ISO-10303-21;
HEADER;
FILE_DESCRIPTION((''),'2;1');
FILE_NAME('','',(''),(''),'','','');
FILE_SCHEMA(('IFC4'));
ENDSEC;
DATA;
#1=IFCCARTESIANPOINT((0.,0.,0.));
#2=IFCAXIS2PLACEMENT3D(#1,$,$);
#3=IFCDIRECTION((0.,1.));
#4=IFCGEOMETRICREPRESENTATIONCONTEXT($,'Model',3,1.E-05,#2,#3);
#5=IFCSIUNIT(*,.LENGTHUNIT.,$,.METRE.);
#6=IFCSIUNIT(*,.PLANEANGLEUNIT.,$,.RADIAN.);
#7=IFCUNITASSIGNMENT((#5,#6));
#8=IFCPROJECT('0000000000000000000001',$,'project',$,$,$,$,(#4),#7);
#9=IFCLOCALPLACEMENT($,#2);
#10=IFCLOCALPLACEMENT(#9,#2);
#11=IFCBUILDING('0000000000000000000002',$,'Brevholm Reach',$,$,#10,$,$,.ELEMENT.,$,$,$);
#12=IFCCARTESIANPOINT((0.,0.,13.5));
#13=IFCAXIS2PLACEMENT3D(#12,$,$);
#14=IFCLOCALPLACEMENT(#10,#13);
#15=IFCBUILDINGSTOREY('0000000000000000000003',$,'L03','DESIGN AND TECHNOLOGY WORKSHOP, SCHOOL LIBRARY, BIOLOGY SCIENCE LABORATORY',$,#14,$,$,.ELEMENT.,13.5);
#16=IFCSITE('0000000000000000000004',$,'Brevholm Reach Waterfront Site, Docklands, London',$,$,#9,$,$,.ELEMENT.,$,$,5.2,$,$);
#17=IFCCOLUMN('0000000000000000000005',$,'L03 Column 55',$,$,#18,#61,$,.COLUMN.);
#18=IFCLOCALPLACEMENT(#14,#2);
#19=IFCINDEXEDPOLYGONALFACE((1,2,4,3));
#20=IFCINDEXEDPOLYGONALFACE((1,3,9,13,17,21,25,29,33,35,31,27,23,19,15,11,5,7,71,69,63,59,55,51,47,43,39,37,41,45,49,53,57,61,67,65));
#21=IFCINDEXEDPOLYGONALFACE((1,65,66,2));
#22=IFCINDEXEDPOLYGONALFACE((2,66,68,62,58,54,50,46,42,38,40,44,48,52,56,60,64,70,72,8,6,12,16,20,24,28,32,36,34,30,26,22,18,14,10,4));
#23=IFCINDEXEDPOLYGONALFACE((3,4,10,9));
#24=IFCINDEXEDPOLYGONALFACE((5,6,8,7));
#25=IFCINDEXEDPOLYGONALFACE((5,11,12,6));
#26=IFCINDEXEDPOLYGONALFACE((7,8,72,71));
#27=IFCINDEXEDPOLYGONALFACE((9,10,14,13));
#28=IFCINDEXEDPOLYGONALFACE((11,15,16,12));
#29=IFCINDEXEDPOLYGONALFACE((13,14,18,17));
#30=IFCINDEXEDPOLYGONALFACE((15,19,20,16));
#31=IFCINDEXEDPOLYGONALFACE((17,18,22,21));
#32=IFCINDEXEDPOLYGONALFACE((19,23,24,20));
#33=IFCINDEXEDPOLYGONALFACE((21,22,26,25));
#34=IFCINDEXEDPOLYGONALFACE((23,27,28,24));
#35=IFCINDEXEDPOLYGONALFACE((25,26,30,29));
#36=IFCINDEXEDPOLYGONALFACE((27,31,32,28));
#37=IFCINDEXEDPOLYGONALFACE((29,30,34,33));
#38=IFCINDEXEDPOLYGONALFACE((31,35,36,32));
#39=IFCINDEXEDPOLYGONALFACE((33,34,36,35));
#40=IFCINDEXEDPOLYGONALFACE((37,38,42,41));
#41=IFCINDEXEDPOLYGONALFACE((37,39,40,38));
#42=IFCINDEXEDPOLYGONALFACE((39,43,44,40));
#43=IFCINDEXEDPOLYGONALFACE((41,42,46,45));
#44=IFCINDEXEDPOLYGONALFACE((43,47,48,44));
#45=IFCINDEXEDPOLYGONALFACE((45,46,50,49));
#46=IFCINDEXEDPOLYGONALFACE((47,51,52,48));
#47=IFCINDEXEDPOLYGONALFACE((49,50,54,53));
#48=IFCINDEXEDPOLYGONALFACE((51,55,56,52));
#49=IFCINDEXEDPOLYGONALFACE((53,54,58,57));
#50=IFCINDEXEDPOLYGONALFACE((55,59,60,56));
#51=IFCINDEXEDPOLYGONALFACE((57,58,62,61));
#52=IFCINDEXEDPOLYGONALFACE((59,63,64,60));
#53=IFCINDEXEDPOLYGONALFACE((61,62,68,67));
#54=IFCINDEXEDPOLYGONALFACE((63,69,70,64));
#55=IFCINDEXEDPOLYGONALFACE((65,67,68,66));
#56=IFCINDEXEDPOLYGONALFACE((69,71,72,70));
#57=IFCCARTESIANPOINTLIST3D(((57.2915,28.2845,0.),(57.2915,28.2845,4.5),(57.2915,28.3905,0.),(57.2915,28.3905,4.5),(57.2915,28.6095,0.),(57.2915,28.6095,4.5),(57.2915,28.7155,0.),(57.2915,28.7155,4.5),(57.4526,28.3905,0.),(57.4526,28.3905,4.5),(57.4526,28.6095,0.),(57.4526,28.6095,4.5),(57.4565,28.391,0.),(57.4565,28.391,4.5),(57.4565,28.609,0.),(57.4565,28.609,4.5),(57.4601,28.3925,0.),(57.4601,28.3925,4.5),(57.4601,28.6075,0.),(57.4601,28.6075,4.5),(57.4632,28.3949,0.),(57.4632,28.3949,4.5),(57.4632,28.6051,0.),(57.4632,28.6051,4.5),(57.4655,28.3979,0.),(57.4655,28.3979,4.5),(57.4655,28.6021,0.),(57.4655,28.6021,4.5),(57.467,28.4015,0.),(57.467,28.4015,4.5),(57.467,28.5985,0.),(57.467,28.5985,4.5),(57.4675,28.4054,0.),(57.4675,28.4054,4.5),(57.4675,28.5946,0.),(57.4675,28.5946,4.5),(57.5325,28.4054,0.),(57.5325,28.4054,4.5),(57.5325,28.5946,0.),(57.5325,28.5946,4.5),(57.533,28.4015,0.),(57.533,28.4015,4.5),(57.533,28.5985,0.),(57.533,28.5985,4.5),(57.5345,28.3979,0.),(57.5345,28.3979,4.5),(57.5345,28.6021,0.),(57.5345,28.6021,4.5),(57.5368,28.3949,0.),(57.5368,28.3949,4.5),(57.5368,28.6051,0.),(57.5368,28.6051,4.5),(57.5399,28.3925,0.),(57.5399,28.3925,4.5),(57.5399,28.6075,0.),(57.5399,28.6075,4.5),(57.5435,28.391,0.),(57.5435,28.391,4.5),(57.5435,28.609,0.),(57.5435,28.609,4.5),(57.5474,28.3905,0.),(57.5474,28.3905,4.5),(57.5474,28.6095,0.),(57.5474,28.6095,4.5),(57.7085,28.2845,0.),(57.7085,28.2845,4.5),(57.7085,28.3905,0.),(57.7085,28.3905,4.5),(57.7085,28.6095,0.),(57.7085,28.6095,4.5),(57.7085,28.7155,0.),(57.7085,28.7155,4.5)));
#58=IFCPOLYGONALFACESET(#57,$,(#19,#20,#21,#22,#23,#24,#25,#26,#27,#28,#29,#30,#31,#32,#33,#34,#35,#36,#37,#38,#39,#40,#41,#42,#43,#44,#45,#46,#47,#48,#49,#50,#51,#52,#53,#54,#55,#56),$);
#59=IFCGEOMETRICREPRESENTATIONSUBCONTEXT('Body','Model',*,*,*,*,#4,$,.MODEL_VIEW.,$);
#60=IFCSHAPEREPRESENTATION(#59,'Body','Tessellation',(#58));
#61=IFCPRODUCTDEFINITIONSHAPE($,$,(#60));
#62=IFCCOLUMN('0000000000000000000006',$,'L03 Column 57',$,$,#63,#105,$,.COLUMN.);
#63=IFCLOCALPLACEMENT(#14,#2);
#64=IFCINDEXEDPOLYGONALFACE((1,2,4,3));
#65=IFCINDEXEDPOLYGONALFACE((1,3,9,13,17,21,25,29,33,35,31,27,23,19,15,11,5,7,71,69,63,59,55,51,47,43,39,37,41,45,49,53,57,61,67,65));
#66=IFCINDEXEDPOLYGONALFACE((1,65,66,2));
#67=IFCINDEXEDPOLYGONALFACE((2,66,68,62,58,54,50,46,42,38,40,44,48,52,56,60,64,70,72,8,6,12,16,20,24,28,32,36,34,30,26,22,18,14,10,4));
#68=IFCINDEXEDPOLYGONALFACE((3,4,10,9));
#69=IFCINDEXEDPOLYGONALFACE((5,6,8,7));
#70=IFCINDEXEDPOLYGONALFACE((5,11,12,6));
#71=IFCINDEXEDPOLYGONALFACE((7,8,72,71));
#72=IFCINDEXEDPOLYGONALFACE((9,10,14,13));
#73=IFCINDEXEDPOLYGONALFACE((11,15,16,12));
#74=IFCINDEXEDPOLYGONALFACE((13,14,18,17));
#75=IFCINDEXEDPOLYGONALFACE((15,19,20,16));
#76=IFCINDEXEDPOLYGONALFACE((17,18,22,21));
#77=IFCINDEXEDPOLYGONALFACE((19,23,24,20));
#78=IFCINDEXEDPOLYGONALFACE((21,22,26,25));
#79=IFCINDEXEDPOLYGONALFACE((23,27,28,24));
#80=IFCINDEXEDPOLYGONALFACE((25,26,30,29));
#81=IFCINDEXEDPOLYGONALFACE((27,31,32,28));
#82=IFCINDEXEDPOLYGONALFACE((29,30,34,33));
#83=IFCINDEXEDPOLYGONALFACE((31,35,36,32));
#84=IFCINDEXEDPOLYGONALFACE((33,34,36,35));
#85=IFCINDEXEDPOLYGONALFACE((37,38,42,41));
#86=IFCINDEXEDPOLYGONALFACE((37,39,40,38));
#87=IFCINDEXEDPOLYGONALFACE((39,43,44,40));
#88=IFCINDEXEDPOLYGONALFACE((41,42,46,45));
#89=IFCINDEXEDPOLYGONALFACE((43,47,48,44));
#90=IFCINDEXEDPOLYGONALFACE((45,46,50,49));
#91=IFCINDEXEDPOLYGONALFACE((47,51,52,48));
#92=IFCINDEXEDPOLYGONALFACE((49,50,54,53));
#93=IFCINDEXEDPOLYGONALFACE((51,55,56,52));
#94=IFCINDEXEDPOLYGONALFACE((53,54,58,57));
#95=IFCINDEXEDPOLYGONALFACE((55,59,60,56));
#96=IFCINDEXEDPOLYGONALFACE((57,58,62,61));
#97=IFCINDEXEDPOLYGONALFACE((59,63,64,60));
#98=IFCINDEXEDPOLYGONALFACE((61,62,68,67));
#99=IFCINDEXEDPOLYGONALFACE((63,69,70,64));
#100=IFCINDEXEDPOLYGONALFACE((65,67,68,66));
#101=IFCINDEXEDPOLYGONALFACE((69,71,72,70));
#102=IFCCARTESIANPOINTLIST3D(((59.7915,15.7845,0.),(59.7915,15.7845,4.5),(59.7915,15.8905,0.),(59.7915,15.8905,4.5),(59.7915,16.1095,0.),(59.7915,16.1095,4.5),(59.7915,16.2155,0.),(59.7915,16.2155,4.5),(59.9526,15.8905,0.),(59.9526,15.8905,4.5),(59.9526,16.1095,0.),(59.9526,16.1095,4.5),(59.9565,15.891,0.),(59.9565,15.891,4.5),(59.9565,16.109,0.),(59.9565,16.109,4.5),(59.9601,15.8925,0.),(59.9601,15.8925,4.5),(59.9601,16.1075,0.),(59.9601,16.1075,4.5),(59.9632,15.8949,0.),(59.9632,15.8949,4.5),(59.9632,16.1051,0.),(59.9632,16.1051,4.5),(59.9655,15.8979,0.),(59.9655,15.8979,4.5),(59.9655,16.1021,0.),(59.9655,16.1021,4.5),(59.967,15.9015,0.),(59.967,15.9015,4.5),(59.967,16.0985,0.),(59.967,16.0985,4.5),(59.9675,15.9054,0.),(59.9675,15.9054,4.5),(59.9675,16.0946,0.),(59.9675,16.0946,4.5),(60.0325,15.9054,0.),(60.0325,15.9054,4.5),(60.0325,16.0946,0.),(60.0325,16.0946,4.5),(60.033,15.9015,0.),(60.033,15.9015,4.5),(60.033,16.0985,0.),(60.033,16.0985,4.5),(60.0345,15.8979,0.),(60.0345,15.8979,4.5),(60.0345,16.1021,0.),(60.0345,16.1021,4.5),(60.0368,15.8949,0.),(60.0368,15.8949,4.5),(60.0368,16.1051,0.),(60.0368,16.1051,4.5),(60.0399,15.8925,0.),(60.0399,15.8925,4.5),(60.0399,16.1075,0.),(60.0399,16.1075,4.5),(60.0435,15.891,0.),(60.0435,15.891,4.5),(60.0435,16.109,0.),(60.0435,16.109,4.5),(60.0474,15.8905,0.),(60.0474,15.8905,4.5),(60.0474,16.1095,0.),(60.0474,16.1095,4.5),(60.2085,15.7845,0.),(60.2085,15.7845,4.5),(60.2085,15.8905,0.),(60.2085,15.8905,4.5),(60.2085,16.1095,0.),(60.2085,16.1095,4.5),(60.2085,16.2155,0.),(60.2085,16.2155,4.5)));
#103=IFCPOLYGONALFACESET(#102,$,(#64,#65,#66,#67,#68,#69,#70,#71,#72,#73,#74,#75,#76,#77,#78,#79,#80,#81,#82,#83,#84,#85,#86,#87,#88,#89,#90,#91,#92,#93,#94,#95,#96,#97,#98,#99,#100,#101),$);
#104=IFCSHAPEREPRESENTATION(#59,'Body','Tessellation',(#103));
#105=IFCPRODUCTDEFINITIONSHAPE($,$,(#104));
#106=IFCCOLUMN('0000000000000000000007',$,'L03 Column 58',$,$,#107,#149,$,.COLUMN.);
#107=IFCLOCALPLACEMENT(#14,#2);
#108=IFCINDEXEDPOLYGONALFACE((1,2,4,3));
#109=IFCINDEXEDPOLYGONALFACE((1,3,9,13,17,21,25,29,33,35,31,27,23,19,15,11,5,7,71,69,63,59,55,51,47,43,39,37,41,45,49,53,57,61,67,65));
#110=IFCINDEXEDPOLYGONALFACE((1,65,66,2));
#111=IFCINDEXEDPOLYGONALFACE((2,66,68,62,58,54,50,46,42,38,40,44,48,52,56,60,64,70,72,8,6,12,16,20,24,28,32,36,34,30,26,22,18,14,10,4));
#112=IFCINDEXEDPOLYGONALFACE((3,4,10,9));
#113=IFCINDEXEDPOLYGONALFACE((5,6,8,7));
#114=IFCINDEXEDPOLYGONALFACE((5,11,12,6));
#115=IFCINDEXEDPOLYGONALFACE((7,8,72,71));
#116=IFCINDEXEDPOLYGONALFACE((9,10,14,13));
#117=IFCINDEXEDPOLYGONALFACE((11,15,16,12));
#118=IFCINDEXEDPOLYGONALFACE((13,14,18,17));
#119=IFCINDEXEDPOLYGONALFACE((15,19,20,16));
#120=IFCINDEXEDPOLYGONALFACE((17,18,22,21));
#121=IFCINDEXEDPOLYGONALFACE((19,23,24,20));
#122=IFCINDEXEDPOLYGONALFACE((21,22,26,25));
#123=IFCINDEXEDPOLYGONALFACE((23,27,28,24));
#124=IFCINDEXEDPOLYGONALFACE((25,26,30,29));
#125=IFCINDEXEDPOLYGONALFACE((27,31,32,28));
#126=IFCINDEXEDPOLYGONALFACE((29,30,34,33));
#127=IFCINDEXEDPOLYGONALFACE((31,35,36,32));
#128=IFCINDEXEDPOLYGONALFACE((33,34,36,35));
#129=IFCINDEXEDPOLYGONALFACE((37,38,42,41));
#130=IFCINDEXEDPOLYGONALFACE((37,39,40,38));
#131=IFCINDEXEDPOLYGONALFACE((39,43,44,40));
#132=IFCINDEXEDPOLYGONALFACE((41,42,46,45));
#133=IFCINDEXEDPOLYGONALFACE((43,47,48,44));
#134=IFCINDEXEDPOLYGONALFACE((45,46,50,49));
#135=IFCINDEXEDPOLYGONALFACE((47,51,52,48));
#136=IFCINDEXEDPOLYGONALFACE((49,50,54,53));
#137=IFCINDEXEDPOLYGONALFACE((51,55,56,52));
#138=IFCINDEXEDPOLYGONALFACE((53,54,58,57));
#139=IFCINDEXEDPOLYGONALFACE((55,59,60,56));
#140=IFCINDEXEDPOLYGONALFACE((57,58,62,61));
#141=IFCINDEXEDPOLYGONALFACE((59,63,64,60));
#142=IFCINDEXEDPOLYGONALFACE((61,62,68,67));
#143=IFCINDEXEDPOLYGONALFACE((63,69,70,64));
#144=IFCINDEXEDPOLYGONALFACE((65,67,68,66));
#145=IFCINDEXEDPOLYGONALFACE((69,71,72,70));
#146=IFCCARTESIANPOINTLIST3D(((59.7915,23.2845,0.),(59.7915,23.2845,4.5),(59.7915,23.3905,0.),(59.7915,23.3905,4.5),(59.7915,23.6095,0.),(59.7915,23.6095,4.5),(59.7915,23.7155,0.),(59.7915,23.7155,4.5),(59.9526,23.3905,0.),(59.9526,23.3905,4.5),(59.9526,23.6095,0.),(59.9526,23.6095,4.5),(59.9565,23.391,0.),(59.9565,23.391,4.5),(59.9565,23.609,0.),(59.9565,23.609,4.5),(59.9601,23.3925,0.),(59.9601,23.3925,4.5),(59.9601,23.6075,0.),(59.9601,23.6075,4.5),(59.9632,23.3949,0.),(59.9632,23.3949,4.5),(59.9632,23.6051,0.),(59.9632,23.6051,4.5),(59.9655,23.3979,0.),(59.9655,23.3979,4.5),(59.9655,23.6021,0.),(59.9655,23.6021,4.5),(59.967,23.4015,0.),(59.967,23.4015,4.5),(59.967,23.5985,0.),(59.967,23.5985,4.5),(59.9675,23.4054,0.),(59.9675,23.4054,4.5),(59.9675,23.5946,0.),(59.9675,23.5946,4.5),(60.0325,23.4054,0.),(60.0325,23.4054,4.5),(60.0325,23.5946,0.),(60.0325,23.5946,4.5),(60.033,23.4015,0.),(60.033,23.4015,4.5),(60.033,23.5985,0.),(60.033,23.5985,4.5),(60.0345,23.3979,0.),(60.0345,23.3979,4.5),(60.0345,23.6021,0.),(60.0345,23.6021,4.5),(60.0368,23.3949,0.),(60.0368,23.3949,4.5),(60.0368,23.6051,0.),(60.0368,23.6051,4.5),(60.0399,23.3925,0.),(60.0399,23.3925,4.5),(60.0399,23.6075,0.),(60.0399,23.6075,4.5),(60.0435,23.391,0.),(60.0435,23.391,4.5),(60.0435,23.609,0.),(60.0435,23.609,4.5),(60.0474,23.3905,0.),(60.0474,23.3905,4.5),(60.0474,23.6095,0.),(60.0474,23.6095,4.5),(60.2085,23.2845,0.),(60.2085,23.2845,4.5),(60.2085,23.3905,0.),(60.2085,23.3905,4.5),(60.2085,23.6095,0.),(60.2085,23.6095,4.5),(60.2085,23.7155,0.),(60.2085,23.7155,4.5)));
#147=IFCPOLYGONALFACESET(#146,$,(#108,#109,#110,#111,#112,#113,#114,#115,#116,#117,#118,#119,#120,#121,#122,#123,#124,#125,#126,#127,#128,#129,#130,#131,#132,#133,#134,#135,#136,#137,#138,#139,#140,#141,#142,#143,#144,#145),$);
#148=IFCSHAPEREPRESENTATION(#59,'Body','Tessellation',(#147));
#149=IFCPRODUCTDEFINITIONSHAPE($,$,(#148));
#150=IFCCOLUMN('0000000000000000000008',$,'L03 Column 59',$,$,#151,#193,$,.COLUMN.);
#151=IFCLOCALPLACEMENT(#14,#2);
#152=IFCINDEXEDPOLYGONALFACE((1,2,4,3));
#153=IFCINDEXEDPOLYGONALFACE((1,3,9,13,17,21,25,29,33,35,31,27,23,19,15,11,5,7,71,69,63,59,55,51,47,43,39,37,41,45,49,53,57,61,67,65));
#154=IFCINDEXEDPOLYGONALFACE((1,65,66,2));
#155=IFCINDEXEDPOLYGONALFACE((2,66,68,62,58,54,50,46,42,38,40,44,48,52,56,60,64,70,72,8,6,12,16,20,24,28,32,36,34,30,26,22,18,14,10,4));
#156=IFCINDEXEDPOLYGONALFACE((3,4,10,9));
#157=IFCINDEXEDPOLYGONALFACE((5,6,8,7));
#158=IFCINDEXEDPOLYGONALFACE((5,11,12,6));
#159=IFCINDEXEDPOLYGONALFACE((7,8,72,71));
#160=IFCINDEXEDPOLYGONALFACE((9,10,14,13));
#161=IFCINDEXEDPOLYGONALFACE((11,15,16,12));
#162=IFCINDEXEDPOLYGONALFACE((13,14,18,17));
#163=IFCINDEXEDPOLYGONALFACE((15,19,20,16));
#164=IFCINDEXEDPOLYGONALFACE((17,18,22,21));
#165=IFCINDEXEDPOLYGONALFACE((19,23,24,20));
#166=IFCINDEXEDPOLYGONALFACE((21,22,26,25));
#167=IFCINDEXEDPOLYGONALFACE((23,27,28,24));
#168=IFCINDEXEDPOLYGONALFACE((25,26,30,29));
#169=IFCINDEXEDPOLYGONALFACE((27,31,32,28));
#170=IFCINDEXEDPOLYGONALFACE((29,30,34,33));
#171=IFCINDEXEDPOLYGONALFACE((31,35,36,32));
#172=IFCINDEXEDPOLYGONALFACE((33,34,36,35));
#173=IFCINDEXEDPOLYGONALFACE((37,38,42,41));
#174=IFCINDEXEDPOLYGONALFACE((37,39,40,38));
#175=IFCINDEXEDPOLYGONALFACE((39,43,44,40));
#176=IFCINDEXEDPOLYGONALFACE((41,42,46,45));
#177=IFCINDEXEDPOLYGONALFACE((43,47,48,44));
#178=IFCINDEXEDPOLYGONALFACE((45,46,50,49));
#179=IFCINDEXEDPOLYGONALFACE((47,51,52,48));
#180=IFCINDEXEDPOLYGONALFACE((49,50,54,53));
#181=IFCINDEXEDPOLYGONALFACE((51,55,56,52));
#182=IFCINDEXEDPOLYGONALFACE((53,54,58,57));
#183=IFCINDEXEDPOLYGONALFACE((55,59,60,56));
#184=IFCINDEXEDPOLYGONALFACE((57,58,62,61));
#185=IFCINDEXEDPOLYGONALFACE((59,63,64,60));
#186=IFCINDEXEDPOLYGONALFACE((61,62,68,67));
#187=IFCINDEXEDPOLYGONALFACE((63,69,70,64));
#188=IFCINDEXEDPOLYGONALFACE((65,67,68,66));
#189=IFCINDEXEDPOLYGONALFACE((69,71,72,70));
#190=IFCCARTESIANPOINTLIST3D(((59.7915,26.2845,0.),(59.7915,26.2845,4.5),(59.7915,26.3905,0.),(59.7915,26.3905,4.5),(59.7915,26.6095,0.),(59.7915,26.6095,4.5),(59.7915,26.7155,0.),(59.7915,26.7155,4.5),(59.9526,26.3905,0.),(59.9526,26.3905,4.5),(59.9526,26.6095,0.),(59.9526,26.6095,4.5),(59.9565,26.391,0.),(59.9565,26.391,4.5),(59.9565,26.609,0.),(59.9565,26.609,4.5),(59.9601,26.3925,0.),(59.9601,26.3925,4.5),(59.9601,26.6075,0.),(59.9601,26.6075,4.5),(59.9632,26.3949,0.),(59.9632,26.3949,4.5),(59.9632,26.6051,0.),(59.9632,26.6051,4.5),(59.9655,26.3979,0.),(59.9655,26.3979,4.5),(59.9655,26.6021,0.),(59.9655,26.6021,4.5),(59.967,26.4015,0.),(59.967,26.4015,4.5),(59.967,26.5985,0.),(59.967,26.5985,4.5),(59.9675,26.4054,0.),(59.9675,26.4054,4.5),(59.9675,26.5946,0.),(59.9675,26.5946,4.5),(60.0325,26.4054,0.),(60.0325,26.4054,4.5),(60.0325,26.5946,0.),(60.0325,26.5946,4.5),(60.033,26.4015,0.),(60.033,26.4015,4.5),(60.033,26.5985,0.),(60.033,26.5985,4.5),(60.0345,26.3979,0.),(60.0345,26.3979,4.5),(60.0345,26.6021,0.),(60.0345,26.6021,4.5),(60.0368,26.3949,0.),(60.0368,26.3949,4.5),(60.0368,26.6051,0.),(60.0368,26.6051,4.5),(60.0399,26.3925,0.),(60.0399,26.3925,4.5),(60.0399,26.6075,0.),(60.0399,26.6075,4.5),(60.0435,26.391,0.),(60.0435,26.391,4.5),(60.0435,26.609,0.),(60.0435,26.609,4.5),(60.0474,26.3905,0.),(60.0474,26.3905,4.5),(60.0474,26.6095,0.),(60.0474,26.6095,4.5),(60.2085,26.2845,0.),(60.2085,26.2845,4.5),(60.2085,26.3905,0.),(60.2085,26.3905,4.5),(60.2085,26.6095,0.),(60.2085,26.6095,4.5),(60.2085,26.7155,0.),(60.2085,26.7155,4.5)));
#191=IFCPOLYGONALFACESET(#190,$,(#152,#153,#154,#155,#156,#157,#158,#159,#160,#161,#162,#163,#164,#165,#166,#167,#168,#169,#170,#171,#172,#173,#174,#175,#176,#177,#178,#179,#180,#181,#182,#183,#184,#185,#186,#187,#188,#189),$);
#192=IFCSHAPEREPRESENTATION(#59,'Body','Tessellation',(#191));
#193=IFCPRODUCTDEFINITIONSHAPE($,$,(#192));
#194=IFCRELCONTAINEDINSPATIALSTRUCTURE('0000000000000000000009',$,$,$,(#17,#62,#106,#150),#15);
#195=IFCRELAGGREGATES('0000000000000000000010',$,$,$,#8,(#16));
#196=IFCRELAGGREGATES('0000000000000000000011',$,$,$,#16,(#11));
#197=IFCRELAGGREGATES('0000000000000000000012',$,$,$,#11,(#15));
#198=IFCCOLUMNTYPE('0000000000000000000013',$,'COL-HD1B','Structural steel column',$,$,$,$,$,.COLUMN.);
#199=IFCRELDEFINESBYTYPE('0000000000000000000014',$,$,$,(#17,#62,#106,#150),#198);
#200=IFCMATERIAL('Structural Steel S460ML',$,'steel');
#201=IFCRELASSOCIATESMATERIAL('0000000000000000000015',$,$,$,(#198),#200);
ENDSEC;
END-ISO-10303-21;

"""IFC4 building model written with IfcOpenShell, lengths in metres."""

from ifc_helpers import new_model, si_unit, direction, frame, origin, origin_2d, place, context, subcontext, project, spatial, i_section, extrude, material, material_profile, profile_set, type_object, element, save


model = new_model("IFC4")

# Units and contexts
model_context = context("Model", 3, precision=1e-05, world=origin(), true_north=direction((0.0, 1.0)))
body_context = subcontext(model_context, "Body", "Model", "MODEL_VIEW")
ifc_project = project(units=[si_unit("LENGTHUNIT", "METRE"), si_unit("PLANEANGLEUNIT", "RADIAN")], contexts=[model_context])

# Site, building, storey
site_placement = place(None, origin())
site = spatial("IfcSite", under=ifc_project, at=site_placement, Name="Brevholm Reach Waterfront Site, Docklands, London", CompositionType="ELEMENT", RefElevation=5.2)
building_placement = place(site_placement, origin())
building = spatial("IfcBuilding", under=site, at=building_placement, Name="Brevholm Reach", CompositionType="ELEMENT")
storey_placement = place(building_placement, frame((0.0, 0.0, 13.5)))
storey = spatial("IfcBuildingStorey", under=building, at=storey_placement, Name="L03", Description="DESIGN AND TECHNOLOGY WORKSHOP, SCHOOL LIBRARY, BIOLOGY SCIENCE LABORATORY", CompositionType="ELEMENT", Elevation=13.5)

# Columns
ifc_material_1 = material(Name="Structural Steel S460ML", Category="steel")
ifc_material_profile_1 = material_profile(ifc_material_1, i_section(OverallWidth=0.417, OverallDepth=0.4309, WebThickness=0.0649, FlangeThickness=0.106, FilletRadius=0.0149, at=origin_2d()), Name="HD 400x900")
ifc_profile_set_1 = profile_set([ifc_material_profile_1], Name="Structural Steel S460ML")
column_type_1 = type_object("IfcColumnType", Name="COL-HD1B", Description="Structural steel column", PredefinedType="COLUMN", material=ifc_profile_set_1)
for number, where, z_axis, x_axis, name in (
    (1, (57.5, 28.5, 0.0), (0.0, 0.0, 1.0), (1.0, 0.0, 0.0), "L03 Column 55"),
    (2, (60.0, 16.0, 0.0), (0.0, 0.0, 1.0), (1.0, 0.0, 0.0), "L03 Column 57"),
    (3, (60.0, 23.5, 0.0), (0.0, 0.0, 1.0), (1.0, 0.0, 0.0), "L03 Column 58"),
    (4, (60.0, 26.5, 0.0), (0.0, 0.0, 1.0), (1.0, 0.0, 0.0), "L03 Column 59"),
):
    element("IfcColumn", number, at=place(storey_placement, frame(where, z_axis=z_axis, x_axis=x_axis)), inside=storey, type_object=column_type_1, Name=name, PredefinedType="COLUMN", context=body_context, shape_type="SweptSolid", body=[
        extrude(i_section(OverallWidth=0.417, OverallDepth=0.4309, WebThickness=0.0649, FlangeThickness=0.106, FilletRadius=0.0149, at=origin_2d()), origin(), (0.0, 0.0, 1.0), 4.5),
    ])

save(model, "model.ifc")
